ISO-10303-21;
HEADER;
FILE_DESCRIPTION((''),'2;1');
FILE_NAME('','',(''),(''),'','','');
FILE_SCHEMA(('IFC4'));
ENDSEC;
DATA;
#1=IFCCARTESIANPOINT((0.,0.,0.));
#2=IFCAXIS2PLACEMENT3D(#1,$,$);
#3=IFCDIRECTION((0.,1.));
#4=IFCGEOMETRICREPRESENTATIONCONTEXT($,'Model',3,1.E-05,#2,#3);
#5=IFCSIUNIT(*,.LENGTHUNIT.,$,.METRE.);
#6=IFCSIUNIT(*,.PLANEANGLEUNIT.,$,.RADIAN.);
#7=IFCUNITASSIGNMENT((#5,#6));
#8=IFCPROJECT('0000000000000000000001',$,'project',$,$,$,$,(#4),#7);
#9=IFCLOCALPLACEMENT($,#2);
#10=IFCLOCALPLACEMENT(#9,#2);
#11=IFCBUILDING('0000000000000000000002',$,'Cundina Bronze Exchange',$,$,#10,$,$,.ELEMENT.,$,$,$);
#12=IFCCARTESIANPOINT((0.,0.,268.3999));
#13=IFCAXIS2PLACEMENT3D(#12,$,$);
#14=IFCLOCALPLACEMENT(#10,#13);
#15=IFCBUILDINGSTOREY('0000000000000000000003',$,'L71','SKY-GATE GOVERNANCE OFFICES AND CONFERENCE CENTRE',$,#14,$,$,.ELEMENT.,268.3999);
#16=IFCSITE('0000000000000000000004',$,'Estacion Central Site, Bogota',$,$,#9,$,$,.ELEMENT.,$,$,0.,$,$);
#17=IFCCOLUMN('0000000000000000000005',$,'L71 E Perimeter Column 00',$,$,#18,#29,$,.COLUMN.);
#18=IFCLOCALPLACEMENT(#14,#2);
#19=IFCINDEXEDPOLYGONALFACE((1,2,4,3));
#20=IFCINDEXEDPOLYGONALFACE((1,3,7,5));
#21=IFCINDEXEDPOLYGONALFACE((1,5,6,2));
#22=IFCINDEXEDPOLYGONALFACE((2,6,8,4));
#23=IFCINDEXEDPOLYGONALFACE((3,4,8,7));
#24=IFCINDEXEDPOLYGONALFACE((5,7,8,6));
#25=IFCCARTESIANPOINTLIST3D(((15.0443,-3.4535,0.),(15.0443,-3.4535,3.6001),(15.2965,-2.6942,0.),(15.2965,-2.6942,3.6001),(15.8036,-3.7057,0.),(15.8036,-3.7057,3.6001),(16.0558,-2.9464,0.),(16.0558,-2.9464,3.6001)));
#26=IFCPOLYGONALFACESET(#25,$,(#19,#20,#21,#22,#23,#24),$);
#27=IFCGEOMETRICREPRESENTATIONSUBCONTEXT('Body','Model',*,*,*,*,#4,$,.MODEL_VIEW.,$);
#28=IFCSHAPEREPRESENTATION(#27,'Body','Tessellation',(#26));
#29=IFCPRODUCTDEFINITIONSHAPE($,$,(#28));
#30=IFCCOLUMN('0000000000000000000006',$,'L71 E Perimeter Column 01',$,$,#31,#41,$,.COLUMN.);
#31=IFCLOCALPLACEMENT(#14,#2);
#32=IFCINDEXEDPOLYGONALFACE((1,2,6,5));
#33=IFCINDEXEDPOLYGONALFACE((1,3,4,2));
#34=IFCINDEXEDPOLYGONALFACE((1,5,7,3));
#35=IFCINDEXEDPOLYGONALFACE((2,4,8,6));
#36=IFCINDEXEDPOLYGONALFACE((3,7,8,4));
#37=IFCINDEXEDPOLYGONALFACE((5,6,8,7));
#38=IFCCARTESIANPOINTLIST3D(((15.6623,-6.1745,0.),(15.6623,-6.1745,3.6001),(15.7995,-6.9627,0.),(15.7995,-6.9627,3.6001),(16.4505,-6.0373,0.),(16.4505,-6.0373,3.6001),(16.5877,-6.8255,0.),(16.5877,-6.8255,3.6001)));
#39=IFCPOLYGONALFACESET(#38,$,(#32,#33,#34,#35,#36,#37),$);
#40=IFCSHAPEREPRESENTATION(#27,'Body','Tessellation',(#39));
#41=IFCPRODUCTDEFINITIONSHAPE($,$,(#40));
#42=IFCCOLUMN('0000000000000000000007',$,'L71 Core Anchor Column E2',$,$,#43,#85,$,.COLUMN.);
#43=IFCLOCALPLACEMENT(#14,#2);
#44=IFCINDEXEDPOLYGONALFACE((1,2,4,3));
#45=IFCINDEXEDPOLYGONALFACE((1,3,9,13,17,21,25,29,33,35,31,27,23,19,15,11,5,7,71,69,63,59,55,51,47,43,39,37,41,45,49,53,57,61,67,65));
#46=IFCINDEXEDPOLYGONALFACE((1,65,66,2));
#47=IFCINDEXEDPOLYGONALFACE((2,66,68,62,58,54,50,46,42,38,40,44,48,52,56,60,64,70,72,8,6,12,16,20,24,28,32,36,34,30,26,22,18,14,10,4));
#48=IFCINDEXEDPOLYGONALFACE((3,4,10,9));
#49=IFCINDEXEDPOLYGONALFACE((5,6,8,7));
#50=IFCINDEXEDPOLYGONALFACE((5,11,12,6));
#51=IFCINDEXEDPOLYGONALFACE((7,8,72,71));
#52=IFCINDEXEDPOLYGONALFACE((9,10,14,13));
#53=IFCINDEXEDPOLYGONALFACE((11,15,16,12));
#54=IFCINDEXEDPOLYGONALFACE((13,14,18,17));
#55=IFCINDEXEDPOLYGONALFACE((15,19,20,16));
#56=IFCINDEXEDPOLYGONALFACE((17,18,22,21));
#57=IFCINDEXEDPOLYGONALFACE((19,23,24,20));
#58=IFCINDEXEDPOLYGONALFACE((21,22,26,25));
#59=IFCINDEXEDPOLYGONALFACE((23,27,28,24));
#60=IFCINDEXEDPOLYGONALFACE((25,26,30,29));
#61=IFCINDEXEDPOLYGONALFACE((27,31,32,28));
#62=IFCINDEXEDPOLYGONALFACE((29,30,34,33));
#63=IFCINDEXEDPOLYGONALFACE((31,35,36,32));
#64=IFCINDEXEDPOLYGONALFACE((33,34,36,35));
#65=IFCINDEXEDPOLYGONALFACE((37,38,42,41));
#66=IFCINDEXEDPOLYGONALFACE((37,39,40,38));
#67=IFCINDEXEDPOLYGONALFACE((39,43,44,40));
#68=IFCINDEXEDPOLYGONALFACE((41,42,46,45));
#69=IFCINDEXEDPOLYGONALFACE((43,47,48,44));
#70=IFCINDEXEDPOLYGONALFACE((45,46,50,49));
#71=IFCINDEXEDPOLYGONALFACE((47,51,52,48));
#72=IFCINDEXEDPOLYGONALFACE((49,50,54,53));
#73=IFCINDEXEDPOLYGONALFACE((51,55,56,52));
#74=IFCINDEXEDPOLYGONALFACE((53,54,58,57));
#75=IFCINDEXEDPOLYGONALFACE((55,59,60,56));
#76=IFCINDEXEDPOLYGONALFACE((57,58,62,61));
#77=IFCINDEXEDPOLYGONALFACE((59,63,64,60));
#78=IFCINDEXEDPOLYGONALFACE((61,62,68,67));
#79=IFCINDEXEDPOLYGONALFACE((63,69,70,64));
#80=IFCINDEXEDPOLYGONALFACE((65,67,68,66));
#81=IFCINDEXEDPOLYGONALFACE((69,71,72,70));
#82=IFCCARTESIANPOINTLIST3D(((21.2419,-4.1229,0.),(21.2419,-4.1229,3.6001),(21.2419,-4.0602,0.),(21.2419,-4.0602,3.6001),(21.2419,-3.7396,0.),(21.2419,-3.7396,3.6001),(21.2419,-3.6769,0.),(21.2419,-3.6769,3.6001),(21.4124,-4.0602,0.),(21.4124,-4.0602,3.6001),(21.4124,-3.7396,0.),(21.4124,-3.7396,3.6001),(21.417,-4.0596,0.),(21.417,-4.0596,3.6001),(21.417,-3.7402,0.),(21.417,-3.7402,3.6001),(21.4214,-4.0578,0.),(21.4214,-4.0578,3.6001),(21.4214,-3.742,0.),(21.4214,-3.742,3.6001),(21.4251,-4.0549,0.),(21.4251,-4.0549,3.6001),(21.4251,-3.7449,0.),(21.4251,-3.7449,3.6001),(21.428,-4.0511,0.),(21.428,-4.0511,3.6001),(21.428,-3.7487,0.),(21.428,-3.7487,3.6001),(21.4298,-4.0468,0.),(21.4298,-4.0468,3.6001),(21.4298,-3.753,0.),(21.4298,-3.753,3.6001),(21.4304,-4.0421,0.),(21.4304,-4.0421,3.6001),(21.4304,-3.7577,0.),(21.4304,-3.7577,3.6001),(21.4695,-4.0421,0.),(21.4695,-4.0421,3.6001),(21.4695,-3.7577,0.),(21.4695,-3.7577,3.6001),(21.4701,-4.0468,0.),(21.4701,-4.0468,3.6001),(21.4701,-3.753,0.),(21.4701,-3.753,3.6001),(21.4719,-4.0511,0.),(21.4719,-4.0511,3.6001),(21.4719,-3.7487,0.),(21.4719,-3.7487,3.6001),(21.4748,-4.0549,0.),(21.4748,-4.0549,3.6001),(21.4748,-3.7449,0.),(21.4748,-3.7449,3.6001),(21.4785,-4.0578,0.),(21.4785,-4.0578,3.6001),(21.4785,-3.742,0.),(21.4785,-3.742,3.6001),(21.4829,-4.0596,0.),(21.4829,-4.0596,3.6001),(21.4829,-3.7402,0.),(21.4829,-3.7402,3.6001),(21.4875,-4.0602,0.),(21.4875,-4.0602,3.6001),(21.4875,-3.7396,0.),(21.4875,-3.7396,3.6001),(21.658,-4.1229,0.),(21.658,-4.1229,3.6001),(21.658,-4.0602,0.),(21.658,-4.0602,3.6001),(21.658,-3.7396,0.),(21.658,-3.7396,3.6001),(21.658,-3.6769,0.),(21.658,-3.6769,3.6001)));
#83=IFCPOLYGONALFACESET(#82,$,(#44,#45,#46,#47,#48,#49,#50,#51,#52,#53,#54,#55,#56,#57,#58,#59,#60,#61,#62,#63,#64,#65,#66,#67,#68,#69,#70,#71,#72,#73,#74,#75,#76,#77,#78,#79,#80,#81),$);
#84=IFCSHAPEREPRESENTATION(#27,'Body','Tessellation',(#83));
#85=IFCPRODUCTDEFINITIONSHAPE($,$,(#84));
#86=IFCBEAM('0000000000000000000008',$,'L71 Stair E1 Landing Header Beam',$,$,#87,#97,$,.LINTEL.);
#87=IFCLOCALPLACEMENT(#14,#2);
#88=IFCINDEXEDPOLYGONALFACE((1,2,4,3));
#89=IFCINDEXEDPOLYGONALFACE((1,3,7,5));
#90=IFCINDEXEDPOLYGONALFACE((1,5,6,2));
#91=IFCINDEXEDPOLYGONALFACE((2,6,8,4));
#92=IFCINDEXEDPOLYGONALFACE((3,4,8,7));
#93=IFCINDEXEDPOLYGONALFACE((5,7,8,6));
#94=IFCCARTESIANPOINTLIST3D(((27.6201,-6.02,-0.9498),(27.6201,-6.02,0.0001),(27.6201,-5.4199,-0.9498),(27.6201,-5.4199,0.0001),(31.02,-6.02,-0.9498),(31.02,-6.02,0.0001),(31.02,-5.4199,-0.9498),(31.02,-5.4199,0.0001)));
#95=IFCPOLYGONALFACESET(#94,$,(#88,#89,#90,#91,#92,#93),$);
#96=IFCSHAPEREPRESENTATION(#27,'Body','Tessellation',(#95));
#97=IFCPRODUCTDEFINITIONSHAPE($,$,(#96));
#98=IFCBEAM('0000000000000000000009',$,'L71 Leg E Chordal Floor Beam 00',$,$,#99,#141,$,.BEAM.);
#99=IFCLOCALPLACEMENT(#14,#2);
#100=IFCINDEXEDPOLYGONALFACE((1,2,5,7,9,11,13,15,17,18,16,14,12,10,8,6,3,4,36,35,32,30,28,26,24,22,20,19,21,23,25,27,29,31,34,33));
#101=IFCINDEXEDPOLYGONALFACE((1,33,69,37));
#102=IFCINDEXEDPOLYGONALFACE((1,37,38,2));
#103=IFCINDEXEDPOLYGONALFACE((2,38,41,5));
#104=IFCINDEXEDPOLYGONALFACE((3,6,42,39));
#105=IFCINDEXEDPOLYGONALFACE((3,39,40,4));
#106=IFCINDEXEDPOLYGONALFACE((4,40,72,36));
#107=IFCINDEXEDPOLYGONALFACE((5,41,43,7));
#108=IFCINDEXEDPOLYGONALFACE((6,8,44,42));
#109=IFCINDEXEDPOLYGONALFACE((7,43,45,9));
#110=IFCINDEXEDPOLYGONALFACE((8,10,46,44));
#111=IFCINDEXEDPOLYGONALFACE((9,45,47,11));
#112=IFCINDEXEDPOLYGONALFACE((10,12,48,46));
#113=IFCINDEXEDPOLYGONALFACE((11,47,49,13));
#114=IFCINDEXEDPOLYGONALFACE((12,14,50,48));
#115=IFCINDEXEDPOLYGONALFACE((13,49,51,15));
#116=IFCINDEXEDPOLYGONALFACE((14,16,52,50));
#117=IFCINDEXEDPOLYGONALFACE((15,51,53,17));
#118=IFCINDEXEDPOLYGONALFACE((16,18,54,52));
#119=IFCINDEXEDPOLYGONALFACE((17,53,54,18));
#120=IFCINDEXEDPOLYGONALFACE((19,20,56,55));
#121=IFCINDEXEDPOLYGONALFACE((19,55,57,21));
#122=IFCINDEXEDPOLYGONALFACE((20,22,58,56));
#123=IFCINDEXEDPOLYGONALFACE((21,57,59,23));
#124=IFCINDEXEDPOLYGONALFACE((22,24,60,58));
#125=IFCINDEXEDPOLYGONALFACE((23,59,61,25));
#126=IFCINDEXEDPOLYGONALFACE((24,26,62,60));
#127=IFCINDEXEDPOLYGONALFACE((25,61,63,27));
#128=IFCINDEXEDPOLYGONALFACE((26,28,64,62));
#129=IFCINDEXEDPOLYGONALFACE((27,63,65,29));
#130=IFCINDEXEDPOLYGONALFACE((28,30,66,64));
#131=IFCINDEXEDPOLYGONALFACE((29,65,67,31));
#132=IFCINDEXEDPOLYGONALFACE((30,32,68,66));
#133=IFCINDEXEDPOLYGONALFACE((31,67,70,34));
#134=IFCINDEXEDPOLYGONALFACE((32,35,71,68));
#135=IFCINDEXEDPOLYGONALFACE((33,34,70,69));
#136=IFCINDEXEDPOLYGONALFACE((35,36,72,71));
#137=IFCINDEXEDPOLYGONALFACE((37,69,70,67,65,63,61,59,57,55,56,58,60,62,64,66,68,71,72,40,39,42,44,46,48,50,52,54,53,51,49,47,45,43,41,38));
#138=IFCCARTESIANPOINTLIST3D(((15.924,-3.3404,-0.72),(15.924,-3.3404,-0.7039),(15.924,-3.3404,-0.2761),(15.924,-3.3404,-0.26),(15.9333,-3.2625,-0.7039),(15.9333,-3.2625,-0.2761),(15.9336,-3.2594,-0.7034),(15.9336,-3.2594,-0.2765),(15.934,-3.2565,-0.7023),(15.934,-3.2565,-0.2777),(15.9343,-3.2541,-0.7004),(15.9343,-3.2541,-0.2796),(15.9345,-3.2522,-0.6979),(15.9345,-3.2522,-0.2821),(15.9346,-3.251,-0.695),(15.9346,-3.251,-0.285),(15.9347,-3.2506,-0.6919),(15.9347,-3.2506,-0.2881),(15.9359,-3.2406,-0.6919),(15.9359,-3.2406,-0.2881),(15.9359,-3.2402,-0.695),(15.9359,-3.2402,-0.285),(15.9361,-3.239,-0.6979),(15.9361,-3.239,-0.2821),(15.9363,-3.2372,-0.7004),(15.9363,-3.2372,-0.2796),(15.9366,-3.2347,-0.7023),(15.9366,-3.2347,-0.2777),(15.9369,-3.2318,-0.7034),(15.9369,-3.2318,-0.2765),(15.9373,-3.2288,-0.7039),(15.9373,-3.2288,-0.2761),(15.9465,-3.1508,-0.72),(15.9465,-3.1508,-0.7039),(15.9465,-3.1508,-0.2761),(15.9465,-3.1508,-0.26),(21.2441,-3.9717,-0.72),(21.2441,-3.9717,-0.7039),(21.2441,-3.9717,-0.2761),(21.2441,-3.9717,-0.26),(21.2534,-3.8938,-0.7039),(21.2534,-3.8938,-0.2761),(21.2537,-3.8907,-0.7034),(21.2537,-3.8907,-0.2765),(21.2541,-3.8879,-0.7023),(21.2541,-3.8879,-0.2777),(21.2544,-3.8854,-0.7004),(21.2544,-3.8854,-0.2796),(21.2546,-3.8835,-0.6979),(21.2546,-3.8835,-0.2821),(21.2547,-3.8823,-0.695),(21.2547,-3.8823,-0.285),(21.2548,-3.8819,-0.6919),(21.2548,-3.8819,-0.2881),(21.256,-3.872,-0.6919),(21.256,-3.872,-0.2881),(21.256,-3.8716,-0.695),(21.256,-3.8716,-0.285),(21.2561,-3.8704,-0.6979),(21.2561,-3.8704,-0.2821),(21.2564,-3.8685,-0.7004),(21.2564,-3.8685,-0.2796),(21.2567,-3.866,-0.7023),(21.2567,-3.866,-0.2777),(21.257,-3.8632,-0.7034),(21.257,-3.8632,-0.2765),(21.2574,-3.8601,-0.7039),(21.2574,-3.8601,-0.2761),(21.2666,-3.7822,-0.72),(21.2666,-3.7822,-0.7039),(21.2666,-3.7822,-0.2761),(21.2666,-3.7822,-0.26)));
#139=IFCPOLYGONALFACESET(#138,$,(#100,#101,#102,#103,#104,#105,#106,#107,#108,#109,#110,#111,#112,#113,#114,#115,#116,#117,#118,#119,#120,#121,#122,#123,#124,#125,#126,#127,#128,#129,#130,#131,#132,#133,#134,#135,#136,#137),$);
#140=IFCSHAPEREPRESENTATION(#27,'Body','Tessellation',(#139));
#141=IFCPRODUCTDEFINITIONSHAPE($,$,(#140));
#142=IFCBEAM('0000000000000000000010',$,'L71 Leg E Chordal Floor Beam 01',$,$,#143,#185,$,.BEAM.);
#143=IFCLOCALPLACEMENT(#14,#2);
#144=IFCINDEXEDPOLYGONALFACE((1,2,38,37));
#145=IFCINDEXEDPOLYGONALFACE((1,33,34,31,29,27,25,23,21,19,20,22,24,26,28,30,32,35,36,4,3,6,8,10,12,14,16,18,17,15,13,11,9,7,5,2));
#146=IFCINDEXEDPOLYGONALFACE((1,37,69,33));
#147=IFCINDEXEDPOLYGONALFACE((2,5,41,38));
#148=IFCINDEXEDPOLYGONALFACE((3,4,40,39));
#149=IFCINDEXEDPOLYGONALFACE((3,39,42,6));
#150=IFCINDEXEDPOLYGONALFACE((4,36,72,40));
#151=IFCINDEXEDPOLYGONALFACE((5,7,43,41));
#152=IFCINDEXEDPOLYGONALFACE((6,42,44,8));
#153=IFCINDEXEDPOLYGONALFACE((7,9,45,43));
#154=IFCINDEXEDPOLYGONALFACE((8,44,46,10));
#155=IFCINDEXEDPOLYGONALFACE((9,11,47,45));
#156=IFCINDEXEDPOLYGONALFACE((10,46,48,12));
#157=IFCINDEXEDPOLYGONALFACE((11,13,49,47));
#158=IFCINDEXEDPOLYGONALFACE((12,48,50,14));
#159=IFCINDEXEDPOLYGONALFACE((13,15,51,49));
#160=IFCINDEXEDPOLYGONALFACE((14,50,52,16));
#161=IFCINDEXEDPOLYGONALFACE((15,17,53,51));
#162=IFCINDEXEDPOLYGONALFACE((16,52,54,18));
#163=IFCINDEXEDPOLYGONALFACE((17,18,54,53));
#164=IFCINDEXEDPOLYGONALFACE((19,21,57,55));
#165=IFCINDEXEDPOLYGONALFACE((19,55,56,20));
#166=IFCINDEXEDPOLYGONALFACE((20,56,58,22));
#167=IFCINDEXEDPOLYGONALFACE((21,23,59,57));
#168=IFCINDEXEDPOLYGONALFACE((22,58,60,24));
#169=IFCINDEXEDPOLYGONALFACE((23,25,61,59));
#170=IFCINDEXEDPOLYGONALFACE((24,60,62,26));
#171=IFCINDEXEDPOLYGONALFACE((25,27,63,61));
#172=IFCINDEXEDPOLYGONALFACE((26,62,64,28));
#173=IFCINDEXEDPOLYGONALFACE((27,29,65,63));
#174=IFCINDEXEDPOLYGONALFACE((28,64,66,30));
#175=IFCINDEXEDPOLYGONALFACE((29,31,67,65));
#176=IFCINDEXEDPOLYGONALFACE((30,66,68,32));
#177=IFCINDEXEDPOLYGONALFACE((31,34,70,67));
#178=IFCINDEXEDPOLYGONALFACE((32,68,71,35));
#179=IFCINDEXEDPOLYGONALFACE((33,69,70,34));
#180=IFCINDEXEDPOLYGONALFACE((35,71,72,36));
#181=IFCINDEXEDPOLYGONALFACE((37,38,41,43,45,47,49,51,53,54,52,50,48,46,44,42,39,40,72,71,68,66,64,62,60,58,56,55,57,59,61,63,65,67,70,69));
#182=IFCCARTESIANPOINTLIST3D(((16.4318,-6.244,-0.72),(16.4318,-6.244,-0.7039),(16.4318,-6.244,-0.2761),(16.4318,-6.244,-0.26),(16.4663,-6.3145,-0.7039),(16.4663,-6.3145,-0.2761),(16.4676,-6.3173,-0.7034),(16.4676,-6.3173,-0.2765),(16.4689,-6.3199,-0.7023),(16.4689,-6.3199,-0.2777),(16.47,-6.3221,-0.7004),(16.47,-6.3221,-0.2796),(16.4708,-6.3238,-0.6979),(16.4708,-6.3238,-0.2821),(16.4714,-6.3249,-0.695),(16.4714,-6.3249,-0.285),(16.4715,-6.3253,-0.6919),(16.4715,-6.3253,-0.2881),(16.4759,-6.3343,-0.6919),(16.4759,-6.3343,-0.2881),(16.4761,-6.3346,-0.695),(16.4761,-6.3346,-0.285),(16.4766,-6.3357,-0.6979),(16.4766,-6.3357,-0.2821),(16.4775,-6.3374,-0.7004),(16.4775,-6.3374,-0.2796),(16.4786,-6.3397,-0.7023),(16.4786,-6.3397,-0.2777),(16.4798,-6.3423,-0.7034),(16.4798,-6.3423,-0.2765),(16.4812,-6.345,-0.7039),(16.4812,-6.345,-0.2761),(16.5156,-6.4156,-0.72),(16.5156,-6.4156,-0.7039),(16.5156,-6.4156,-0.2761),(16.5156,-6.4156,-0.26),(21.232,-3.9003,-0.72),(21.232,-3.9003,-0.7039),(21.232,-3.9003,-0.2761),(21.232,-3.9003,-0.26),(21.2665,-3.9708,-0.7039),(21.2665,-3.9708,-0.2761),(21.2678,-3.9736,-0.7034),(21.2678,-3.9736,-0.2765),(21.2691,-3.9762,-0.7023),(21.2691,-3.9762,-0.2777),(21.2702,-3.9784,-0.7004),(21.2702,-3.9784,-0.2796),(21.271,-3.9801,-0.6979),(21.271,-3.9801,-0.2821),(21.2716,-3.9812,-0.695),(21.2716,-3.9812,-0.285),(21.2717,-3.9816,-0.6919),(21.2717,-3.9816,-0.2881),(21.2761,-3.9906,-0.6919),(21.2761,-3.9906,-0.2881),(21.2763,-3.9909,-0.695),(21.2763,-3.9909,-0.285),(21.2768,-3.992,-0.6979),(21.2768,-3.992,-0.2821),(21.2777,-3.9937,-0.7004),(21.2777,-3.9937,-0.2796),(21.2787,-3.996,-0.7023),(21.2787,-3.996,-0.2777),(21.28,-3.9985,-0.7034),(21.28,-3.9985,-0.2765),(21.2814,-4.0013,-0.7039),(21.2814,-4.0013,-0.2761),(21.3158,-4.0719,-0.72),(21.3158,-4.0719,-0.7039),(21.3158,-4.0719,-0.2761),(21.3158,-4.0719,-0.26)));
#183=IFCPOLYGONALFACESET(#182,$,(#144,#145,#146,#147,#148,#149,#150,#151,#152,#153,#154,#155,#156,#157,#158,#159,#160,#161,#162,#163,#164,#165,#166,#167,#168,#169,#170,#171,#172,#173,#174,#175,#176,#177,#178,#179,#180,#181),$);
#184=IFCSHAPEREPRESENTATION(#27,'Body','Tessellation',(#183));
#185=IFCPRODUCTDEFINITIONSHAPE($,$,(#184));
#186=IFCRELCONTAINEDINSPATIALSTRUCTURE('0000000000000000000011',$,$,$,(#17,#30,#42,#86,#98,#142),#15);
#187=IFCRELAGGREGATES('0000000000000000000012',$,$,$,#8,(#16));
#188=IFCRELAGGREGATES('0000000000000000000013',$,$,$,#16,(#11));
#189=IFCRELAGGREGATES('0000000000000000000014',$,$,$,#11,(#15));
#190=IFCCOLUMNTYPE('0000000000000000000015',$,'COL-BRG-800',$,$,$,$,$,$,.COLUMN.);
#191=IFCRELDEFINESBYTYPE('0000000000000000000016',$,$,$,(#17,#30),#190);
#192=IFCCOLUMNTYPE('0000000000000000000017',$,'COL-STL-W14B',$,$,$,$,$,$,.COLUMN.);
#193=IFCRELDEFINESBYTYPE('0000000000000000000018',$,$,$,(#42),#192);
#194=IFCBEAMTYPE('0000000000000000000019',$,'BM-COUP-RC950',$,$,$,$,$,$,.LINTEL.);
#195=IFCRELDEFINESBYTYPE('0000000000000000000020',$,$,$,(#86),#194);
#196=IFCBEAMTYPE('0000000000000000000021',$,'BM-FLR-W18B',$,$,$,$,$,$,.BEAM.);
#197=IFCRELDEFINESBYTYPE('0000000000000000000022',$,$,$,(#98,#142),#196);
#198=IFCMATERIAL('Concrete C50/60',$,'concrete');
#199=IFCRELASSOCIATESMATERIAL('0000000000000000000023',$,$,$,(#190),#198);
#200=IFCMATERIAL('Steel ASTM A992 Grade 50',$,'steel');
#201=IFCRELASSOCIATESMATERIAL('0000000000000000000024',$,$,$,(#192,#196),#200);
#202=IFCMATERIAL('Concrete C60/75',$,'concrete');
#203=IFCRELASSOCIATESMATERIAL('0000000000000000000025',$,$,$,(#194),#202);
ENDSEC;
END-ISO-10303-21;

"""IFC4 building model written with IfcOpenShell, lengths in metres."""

from ifc_helpers import new_model, si_unit, direction, frame, origin, origin_2d, place, context, subcontext, project, spatial, rectangle, i_section, extrude, material, material_profile, profile_set, type_object, element, save


model = new_model("IFC4")

# Units and contexts
model_context = context("Model", 3, precision=1e-05, world=origin(), true_north=direction((0.0, 1.0)))
body_context = subcontext(model_context, "Body", "Model", "MODEL_VIEW")
ifc_project = project(units=[si_unit("LENGTHUNIT", "METRE"), si_unit("PLANEANGLEUNIT", "RADIAN")], contexts=[model_context])

# Site, building, storey
site_placement = place(None, origin())
site = spatial("IfcSite", under=ifc_project, at=site_placement, Name="Estacion Central Site, Bogota", CompositionType="ELEMENT", RefElevation=0.0)
building_placement = place(site_placement, origin())
building = spatial("IfcBuilding", under=site, at=building_placement, Name="Cundina Bronze Exchange", CompositionType="ELEMENT")
storey_placement = place(building_placement, frame((0.0, 0.0, 268.3999)))
storey = spatial("IfcBuildingStorey", under=building, at=storey_placement, Name="L71", Description="SKY-GATE GOVERNANCE OFFICES AND CONFERENCE CENTRE", CompositionType="ELEMENT", Elevation=268.3999)

# Columns
ifc_material_1 = material(Name="Concrete C50/60", Category="concrete")
ifc_material_profile_1 = material_profile(ifc_material_1, rectangle(XDim=0.8, YDim=0.8, at=origin_2d()), Name="RC800X800", Category="concrete")
ifc_profile_set_1 = profile_set([ifc_material_profile_1], Name="Concrete C50/60")
column_type_1 = type_object("IfcColumnType", Name="COL-BRG-800", PredefinedType="COLUMN", material=ifc_profile_set_1)
for number, where, z_axis, x_axis, name in (
    (1, (15.55, -3.2, 0.0), (0.0, 0.0, 1.0), (-0.315152, -0.949041, 0.0), "L71 E Perimeter Column 00"),
    (2, (16.125, -6.5, 0.0), (0.0, 0.0, 1.0), (0.171585, -0.985169, 0.0), "L71 E Perimeter Column 01"),
):
    element("IfcColumn", number, at=place(storey_placement, frame(where, z_axis=z_axis, x_axis=x_axis)), inside=storey, type_object=column_type_1, Name=name, PredefinedType="COLUMN", context=body_context, shape_type="SweptSolid", body=[
        extrude(rectangle(XDim=0.8, YDim=0.8, at=origin_2d()), origin(), (0.0, 0.0, 1.0), 3.6001),
    ])
ifc_material_2 = material(Name="Steel ASTM A992 Grade 50", Category="steel")
ifc_material_profile_2 = material_profile(ifc_material_2, i_section(OverallWidth=0.416, OverallDepth=0.446, WebThickness=0.0391, FlangeThickness=0.0627, FilletRadius=0.0181, at=origin_2d()), Name="W14X342", Category="steel")
ifc_profile_set_2 = profile_set([ifc_material_profile_2], Name="Steel ASTM A992 Grade 50")
column_type_2 = type_object("IfcColumnType", Name="COL-STL-W14B", PredefinedType="COLUMN", material=ifc_profile_set_2)
column_placement = place(storey_placement, frame((21.45, -3.8999, 0.0), z_axis=(0.0, 0.0, 1.0), x_axis=(1.0, 0.0, 0.0)))
element("IfcColumn", 3, at=column_placement, inside=storey, type_object=column_type_2, Name="L71 Core Anchor Column E2", PredefinedType="COLUMN", context=body_context, shape_type="SweptSolid", body=[
    extrude(i_section(OverallWidth=0.416, OverallDepth=0.446, WebThickness=0.0391, FlangeThickness=0.0627, FilletRadius=0.0181, at=origin_2d()), origin(), (0.0, 0.0, 1.0), 3.6001),
])

# Beams
ifc_material_3 = material(Name="Concrete C60/75", Category="concrete")
ifc_material_profile_3 = material_profile(ifc_material_3, rectangle(XDim=0.6001, YDim=0.95, at=origin_2d()), Name="RC600X950", Category="concrete")
ifc_profile_set_3 = profile_set([ifc_material_profile_3], Name="Concrete C60/75")
beam_type_1 = type_object("IfcBeamType", Name="BM-COUP-RC950", PredefinedType="LINTEL", material=ifc_profile_set_3)
beam_1_placement = place(storey_placement, frame((27.6201, -5.72, -0.4749), z_axis=(1.0, 0.0, 0.0), x_axis=(0.0, 1.0, 0.0)))
element("IfcBeam", 4, at=beam_1_placement, inside=storey, type_object=beam_type_1, Name="L71 Stair E1 Landing Header Beam", PredefinedType="LINTEL", context=body_context, shape_type="SweptSolid", body=[
    extrude(rectangle(XDim=0.6001, YDim=0.95, at=origin_2d()), origin(), (0.0, 0.0, 1.0), 3.3999),
])
ifc_material_profile_4 = material_profile(ifc_material_2, i_section(OverallWidth=0.1909, OverallDepth=0.46, WebThickness=0.01, FlangeThickness=0.0161, FilletRadius=0.012, at=origin_2d()), Name="W18X55", Category="steel")
ifc_profile_set_4 = profile_set([ifc_material_profile_4], Name="Steel ASTM A992 Grade 50")
beam_type_2 = type_object("IfcBeamType", Name="BM-FLR-W18B", PredefinedType="BEAM", material=ifc_profile_set_4)
beam_2_placement = place(storey_placement, frame((21.2554, -3.877, -0.49), z_axis=(-0.993032, 0.117846, 0.0), x_axis=(-0.117846, -0.993032, 0.0)))
element("IfcBeam", 5, at=beam_2_placement, inside=storey, type_object=beam_type_2, Name="L71 Leg E Chordal Floor Beam 00", PredefinedType="BEAM", context=body_context, shape_type="SweptSolid", body=[
    extrude(i_section(OverallWidth=0.1909, OverallDepth=0.46, WebThickness=0.01, FlangeThickness=0.0161, FilletRadius=0.012, at=origin_2d()), origin(), (0.0, 0.0, 1.0), 5.3574),
])
beam_3_placement = place(storey_placement, frame((21.2739, -3.9861, -0.49), z_axis=(-0.89861, -0.438748, 0.0), x_axis=(0.438748, -0.89861, 0.0)))
element("IfcBeam", 6, at=beam_3_placement, inside=storey, type_object=beam_type_2, Name="L71 Leg E Chordal Floor Beam 01", PredefinedType="BEAM", context=body_context, shape_type="SweptSolid", body=[
    extrude(i_section(OverallWidth=0.1909, OverallDepth=0.46, WebThickness=0.01, FlangeThickness=0.0161, FilletRadius=0.012, at=origin_2d()), origin(), (0.0, 0.0, 1.0), 5.3418),
])

save(model, "model.ifc")
